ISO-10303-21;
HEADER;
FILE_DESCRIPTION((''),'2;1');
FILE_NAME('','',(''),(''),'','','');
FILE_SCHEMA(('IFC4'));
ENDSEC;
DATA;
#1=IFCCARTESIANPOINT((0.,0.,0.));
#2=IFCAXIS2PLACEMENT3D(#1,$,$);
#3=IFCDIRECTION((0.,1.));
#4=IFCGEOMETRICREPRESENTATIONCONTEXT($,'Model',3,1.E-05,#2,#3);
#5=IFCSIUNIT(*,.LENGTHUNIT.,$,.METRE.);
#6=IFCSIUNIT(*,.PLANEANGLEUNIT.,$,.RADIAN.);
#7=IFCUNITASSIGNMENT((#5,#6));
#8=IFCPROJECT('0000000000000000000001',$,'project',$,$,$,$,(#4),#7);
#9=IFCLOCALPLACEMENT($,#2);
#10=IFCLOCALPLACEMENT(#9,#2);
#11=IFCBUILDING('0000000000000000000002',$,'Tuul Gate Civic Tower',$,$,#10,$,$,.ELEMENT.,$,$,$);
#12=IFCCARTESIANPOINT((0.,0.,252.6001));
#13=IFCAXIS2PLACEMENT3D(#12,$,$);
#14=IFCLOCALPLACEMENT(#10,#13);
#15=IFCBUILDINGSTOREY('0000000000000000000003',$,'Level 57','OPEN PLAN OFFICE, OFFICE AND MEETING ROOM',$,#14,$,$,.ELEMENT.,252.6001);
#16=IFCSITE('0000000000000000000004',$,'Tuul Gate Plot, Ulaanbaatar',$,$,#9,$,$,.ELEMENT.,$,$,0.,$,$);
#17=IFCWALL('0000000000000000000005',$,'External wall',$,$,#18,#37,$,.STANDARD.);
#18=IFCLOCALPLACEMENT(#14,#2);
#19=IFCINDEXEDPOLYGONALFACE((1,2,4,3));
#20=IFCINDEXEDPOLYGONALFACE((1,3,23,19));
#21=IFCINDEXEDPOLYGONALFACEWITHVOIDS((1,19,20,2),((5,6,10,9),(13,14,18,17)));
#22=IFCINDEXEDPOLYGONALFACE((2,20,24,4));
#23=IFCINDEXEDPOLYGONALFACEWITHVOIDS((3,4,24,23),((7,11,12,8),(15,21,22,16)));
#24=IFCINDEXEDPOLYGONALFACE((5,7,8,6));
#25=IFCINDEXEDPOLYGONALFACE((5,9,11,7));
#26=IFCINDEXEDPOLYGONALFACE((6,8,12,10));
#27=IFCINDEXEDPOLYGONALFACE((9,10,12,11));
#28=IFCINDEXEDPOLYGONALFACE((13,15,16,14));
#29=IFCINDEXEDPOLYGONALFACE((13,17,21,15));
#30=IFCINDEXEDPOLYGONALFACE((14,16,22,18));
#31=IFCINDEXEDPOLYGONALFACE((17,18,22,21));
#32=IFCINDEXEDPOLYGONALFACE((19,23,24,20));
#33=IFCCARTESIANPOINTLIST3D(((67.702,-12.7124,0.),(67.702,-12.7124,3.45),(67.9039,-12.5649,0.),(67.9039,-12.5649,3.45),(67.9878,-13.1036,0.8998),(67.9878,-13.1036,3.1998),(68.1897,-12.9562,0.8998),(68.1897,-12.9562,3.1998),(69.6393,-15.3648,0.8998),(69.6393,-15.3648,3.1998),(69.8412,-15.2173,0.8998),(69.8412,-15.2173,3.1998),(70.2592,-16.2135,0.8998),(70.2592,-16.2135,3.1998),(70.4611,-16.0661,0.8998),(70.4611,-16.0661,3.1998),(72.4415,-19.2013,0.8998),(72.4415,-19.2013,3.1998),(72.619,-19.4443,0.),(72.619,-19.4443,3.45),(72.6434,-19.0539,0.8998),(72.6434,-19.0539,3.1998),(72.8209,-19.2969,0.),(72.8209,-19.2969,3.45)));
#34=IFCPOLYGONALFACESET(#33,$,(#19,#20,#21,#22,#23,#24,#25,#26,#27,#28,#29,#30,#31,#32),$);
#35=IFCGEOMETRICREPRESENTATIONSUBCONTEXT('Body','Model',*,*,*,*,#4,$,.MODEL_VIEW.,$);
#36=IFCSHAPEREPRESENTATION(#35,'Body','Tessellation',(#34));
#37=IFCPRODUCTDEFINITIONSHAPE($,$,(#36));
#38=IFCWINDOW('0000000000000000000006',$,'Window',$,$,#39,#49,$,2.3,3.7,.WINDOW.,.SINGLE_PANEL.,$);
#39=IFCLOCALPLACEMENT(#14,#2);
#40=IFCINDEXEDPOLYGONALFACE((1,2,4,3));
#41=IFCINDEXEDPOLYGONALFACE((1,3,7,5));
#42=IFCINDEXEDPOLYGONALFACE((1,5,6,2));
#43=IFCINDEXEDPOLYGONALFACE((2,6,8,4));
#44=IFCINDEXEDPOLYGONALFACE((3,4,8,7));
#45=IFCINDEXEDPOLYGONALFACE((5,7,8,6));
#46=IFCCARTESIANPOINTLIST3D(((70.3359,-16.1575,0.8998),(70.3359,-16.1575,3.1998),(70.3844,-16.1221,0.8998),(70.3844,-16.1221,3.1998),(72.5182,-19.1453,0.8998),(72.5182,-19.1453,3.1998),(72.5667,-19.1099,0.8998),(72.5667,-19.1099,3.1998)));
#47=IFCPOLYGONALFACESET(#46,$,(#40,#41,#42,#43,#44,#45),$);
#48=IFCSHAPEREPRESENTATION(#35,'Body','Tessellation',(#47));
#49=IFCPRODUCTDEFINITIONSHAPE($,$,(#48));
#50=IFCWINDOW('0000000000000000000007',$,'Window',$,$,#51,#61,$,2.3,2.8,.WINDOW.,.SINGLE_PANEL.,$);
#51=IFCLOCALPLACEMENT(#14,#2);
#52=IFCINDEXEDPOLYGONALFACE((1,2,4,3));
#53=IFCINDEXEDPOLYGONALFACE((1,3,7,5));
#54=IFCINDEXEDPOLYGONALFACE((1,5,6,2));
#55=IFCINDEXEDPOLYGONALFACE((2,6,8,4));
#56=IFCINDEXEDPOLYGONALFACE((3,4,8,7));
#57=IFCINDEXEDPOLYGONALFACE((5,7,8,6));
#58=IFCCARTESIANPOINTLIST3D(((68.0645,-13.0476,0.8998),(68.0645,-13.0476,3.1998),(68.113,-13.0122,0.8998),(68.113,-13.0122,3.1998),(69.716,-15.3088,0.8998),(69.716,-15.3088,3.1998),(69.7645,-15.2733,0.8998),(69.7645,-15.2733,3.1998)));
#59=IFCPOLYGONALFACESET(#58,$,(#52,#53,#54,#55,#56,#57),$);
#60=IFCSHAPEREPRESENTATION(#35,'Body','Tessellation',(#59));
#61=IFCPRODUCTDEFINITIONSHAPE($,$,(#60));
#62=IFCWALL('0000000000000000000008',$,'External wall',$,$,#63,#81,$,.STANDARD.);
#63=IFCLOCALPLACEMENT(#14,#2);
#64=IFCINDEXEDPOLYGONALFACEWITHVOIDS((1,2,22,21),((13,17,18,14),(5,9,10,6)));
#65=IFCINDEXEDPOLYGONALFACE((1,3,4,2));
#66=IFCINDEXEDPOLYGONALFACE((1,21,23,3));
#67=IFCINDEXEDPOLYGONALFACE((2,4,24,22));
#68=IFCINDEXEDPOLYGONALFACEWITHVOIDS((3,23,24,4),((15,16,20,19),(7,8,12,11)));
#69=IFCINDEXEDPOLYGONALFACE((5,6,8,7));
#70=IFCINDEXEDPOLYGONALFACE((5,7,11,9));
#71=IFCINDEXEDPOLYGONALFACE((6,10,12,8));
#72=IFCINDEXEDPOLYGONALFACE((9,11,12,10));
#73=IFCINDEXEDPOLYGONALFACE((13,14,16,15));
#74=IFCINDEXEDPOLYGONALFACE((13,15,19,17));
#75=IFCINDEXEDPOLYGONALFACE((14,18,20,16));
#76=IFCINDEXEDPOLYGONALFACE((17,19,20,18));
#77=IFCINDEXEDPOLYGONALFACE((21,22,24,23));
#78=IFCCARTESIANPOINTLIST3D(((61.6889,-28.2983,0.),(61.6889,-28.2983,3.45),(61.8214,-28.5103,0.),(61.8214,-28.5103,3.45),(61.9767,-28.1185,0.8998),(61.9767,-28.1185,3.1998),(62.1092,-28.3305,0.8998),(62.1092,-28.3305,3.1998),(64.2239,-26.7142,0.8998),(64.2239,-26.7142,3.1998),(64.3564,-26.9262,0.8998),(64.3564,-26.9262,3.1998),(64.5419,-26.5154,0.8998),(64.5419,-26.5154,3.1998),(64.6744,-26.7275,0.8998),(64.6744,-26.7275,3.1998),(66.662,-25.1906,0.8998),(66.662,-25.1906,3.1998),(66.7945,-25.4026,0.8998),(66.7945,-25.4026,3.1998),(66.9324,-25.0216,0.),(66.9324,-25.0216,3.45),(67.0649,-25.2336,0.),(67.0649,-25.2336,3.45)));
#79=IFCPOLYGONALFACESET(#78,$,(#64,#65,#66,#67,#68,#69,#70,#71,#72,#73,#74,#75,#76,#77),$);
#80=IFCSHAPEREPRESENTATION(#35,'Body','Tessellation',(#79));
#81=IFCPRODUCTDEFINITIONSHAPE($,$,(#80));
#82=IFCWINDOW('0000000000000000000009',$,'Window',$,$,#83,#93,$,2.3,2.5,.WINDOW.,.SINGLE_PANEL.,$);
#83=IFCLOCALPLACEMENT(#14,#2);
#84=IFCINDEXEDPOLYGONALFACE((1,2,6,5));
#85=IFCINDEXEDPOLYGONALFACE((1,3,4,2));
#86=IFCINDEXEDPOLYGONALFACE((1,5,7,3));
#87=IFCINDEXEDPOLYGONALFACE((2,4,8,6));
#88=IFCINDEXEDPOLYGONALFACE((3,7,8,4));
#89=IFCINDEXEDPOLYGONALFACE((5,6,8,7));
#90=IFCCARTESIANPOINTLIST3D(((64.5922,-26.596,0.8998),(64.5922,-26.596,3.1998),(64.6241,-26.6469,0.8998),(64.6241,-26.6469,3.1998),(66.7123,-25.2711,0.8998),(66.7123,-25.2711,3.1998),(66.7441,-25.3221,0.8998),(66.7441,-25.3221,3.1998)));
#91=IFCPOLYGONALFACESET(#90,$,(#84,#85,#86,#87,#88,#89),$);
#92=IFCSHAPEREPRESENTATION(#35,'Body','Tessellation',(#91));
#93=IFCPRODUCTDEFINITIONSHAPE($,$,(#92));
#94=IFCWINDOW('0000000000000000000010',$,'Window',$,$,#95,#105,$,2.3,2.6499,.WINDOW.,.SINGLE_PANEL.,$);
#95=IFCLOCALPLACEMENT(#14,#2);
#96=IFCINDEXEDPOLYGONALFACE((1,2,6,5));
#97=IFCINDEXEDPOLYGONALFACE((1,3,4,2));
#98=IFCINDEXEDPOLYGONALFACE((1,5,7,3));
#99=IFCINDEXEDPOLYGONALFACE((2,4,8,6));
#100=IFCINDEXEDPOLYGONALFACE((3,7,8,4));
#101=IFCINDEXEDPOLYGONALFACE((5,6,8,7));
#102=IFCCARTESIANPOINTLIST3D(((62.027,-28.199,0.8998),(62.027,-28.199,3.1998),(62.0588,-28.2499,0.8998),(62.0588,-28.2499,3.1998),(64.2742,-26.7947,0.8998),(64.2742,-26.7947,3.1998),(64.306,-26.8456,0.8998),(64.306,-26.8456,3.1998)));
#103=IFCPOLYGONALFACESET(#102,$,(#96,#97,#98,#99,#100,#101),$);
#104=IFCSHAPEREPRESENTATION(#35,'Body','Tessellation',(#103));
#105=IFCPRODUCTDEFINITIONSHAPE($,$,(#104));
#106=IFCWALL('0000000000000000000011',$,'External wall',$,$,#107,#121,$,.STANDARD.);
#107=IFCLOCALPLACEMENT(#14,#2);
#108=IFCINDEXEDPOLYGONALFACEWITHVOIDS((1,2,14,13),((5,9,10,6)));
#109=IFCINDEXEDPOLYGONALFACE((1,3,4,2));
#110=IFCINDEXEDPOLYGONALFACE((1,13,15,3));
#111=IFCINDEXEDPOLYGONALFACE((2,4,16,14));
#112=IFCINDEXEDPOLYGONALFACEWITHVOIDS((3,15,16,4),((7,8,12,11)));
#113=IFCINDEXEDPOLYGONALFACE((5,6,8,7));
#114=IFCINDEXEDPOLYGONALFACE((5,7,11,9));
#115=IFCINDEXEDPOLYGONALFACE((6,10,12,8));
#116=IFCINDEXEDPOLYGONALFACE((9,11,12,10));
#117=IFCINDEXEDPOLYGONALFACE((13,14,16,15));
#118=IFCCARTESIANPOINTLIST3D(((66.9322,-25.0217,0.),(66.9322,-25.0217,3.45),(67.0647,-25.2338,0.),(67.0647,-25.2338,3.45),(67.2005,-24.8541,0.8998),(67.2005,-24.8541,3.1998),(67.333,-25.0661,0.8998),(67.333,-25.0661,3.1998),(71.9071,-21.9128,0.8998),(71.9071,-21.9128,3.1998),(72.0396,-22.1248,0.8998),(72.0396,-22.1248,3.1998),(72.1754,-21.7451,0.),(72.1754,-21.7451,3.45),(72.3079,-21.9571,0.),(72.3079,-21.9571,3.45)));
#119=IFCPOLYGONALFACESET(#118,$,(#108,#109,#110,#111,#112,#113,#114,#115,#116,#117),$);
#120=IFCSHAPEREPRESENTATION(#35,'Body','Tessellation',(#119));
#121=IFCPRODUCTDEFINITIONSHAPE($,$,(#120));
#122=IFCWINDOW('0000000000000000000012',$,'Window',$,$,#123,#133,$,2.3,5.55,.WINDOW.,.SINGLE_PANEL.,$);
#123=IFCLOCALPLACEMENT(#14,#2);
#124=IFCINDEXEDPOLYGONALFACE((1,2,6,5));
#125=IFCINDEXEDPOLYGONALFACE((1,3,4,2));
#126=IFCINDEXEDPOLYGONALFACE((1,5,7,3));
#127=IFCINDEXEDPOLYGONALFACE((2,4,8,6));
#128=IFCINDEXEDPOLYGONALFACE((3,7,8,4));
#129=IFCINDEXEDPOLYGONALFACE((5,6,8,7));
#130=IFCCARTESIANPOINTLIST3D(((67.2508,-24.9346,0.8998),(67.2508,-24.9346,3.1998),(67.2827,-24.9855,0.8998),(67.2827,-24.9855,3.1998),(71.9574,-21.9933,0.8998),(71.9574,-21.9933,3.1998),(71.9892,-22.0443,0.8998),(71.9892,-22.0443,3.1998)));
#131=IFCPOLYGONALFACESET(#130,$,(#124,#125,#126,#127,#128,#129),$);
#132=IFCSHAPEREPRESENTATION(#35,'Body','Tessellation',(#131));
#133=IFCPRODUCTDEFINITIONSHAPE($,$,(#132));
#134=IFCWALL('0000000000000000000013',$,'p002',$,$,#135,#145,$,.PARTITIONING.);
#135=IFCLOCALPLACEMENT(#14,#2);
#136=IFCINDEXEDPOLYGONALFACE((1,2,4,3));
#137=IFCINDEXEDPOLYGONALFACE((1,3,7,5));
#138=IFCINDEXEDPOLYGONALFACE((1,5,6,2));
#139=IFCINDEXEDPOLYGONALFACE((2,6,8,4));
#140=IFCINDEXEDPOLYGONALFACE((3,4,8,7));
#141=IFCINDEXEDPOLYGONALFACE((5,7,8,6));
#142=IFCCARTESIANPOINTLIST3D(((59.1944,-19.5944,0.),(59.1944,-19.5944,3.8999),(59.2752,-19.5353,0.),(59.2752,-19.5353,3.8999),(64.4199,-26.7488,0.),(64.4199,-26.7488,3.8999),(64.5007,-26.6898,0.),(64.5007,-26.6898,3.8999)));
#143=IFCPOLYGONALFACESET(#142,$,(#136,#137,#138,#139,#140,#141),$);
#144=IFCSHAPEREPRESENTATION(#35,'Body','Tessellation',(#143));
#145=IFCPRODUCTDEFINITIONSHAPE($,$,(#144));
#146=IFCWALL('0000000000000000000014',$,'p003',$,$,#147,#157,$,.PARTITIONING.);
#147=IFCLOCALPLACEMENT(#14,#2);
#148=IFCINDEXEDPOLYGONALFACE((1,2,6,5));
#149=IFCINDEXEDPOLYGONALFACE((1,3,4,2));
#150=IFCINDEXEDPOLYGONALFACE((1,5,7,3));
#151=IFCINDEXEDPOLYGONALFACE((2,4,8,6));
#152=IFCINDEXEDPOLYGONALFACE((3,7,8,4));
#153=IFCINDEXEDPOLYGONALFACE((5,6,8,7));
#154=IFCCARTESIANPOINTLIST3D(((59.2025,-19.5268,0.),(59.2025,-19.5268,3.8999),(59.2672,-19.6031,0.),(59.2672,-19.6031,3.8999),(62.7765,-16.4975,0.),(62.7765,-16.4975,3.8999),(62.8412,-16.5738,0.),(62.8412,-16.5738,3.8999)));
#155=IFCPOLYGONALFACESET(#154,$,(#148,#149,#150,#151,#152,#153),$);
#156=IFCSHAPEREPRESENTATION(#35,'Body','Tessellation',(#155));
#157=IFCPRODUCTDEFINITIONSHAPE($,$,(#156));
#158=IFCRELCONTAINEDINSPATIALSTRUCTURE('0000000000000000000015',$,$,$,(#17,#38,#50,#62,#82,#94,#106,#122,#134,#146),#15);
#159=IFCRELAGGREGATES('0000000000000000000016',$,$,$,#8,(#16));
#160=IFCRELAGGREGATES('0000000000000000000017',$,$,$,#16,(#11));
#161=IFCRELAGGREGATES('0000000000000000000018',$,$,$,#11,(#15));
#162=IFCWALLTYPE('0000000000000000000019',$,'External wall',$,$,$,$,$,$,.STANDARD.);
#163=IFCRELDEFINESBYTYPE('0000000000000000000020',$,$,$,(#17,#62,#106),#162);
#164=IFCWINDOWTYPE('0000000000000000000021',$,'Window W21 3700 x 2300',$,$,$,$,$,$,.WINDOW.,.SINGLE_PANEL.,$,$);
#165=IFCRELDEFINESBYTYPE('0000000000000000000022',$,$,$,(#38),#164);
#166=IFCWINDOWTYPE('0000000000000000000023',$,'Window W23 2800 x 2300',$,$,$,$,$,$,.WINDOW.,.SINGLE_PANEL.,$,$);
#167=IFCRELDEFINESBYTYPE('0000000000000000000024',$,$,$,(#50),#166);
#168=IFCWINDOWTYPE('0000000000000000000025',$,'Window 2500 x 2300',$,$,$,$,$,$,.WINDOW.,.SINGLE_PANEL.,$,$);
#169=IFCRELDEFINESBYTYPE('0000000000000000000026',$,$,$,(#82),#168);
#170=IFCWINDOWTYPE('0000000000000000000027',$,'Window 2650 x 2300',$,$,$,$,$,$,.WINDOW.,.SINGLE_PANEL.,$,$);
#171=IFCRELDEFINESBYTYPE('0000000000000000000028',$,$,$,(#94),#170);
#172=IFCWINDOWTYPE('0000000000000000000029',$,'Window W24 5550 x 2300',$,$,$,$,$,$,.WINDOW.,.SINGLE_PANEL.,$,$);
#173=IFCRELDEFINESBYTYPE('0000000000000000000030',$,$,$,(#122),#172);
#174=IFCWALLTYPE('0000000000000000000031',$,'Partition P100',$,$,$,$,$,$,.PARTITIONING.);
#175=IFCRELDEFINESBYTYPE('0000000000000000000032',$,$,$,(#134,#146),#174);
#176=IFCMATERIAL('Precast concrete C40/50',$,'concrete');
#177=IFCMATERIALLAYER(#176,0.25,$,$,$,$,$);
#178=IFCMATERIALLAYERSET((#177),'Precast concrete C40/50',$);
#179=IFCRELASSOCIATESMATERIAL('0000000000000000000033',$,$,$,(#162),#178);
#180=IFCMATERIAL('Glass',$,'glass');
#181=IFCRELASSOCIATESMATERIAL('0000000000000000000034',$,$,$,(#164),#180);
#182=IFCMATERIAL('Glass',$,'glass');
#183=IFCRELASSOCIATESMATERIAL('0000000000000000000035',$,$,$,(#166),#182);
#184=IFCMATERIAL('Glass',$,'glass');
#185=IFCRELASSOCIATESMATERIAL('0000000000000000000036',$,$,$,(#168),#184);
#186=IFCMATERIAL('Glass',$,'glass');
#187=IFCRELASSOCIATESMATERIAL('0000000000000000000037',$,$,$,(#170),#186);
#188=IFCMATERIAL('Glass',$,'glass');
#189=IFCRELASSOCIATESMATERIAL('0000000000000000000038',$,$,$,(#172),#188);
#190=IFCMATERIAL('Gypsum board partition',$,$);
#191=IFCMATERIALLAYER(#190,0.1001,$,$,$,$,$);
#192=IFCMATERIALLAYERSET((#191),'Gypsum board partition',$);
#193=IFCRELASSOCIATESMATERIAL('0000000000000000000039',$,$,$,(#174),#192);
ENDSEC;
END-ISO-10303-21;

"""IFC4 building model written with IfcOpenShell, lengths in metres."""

from ifc_helpers import new_model, si_unit, direction, frame, frame_2d, origin, place, context, subcontext, project, spatial, rectangle, extrude, material, layer, layer_set, type_object, element, fill, save


model = new_model("IFC4")

# Units and contexts
model_context = context("Model", 3, precision=1e-05, world=origin(), true_north=direction((0.0, 1.0)))
body_context = subcontext(model_context, "Body", "Model", "MODEL_VIEW")
ifc_project = project(units=[si_unit("LENGTHUNIT", "METRE"), si_unit("PLANEANGLEUNIT", "RADIAN")], contexts=[model_context])

# Site, building, storey
site_placement = place(None, origin())
site = spatial("IfcSite", under=ifc_project, at=site_placement, Name="Tuul Gate Plot, Ulaanbaatar", CompositionType="ELEMENT", RefElevation=0.0)
building_placement = place(site_placement, origin())
building = spatial("IfcBuilding", under=site, at=building_placement, Name="Tuul Gate Civic Tower", CompositionType="ELEMENT")
storey_placement = place(building_placement, frame((0.0, 0.0, 252.6001)))
storey = spatial("IfcBuildingStorey", under=building, at=storey_placement, Name="Level 57", Description="OPEN PLAN OFFICE, OFFICE AND MEETING ROOM", CompositionType="ELEMENT", Elevation=252.6001)

# Shared definitions
ifc_material_1 = material(Name="Precast concrete C40/50", Category="concrete")
ifc_layer_1 = layer(ifc_material_1, 0.25)
ifc_layer_set_1 = layer_set([ifc_layer_1], Name="Precast concrete C40/50")
wall_type_1 = type_object("IfcWallType", Name="External wall", PredefinedType="STANDARD", material=ifc_layer_set_1)

# Walls, openings, windows
wall_1_placement = place(storey_placement, frame((72.72, -19.3706, 0.0), z_axis=(0.0, 0.0, 1.0), x_axis=(-0.589821, 0.807534, 0.0)))
wall_1 = element("IfcWall", 1, at=wall_1_placement, inside=storey, type_object=wall_type_1, Name="External wall", PredefinedType="STANDARD", context=body_context, shape_type="SweptSolid", body=[
    extrude(rectangle(XDim=8.3364, YDim=0.25, at=frame_2d((4.1682, 0.0))), origin(), (0.0, 0.0, 1.0), 3.45),
])
opening_1_placement = place(wall_1_placement, frame((0.3008, 0.0, 0.8999)))
opening_1 = element("IfcOpeningElement", 2, at=opening_1_placement, cuts=wall_1, PredefinedType="OPENING", context=body_context, shape_type="SweptSolid", body=[
    extrude(rectangle(XDim=3.7, YDim=2.3, at=frame_2d((1.8501, 1.1499))), frame((0.0, 0.135, 0.0), z_axis=(0.0, -1.0, 0.0), x_axis=(1.0, 0.0, 0.0)), (0.0, 0.0, 1.0), 0.27),
])
opening_2_placement = place(wall_1_placement, frame((5.052, 0.0, 0.8999)))
opening_2 = element("IfcOpeningElement", 3, at=opening_2_placement, cuts=wall_1, PredefinedType="OPENING", context=body_context, shape_type="SweptSolid", body=[
    extrude(rectangle(XDim=2.8, YDim=2.3, at=frame_2d((1.3999, 1.1499))), frame((0.0, 0.135, 0.0), z_axis=(0.0, -1.0, 0.0), x_axis=(1.0, 0.0, 0.0)), (0.0, 0.0, 1.0), 0.27),
])
ifc_material_2 = material(Name="Glass", Category="glass")
window_type_1 = type_object("IfcWindowType", Name="Window W21 3700 x 2300", PartitioningType="SINGLE_PANEL", PredefinedType="WINDOW", material=ifc_material_2)
window_1_placement = place(opening_1_placement, origin())
window_1 = element("IfcWindow", 4, at=window_1_placement, inside=storey, type_object=window_type_1, Name="Window", OverallHeight=2.3, OverallWidth=3.7, PartitioningType="SINGLE_PANEL", PredefinedType="WINDOW", context=body_context, shape_type="SweptSolid", body=[
    extrude(rectangle(XDim=3.7, YDim=2.3, at=frame_2d((1.8501, 1.1499))), frame((0.0, 0.03, 0.0), z_axis=(0.0, -1.0, 0.0), x_axis=(1.0, 0.0, 0.0)), (0.0, 0.0, 1.0), 0.0601),
])
fill(opening_1, window_1)
ifc_material_3 = material(Name="Glass", Category="glass")
window_type_2 = type_object("IfcWindowType", Name="Window W23 2800 x 2300", PartitioningType="SINGLE_PANEL", PredefinedType="WINDOW", material=ifc_material_3)
window_2_placement = place(opening_2_placement, origin())
window_2 = element("IfcWindow", 5, at=window_2_placement, inside=storey, type_object=window_type_2, Name="Window", OverallHeight=2.3, OverallWidth=2.8, PartitioningType="SINGLE_PANEL", PredefinedType="WINDOW", context=body_context, shape_type="SweptSolid", body=[
    extrude(rectangle(XDim=2.8, YDim=2.3, at=frame_2d((1.3999, 1.1499))), frame((0.0, 0.03, 0.0), z_axis=(0.0, -1.0, 0.0), x_axis=(1.0, 0.0, 0.0)), (0.0, 0.0, 1.0), 0.0601),
])
fill(opening_2, window_2)
wall_2_placement = place(storey_placement, frame((61.7551, -28.4043, 0.0), z_axis=(0.0, 0.0, 1.0), x_axis=(0.848036, 0.529939, 0.0)))
wall_2 = element("IfcWall", 6, at=wall_2_placement, inside=storey, type_object=wall_type_1, Name="External wall", PredefinedType="STANDARD", context=body_context, shape_type="SweptSolid", body=[
    extrude(rectangle(XDim=6.1831, YDim=0.25, at=frame_2d((3.0916, 0.0))), origin(), (0.0, 0.0, 1.0), 3.45),
])
opening_3_placement = place(wall_2_placement, frame((0.3394, 0.0, 0.8999)))
opening_3 = element("IfcOpeningElement", 7, at=opening_3_placement, cuts=wall_2, PredefinedType="OPENING", context=body_context, shape_type="SweptSolid", body=[
    extrude(rectangle(XDim=2.6499, YDim=2.3, at=frame_2d((1.325, 1.1499))), frame((0.0, 0.135, 0.0), z_axis=(0.0, -1.0, 0.0), x_axis=(1.0, 0.0, 0.0)), (0.0, 0.0, 1.0), 0.27),
])
opening_4_placement = place(wall_2_placement, frame((3.3643, 0.0, 0.8999)))
opening_4 = element("IfcOpeningElement", 8, at=opening_4_placement, cuts=wall_2, PredefinedType="OPENING", context=body_context, shape_type="SweptSolid", body=[
    extrude(rectangle(XDim=2.5, YDim=2.3, at=frame_2d((1.25, 1.1499))), frame((0.0, 0.135, 0.0), z_axis=(0.0, -1.0, 0.0), x_axis=(1.0, 0.0, 0.0)), (0.0, 0.0, 1.0), 0.27),
])
ifc_material_4 = material(Name="Glass", Category="glass")
window_type_3 = type_object("IfcWindowType", Name="Window 2500 x 2300", PartitioningType="SINGLE_PANEL", PredefinedType="WINDOW", material=ifc_material_4)
window_3_placement = place(opening_4_placement, origin())
window_3 = element("IfcWindow", 9, at=window_3_placement, inside=storey, type_object=window_type_3, Name="Window", OverallHeight=2.3, OverallWidth=2.5, PartitioningType="SINGLE_PANEL", PredefinedType="WINDOW", context=body_context, shape_type="SweptSolid", body=[
    extrude(rectangle(XDim=2.5, YDim=2.3, at=frame_2d((1.25, 1.1499))), frame((0.0, 0.03, 0.0), z_axis=(0.0, -1.0, 0.0), x_axis=(1.0, 0.0, 0.0)), (0.0, 0.0, 1.0), 0.0601),
])
fill(opening_4, window_3)
ifc_material_5 = material(Name="Glass", Category="glass")
window_type_4 = type_object("IfcWindowType", Name="Window 2650 x 2300", PartitioningType="SINGLE_PANEL", PredefinedType="WINDOW", material=ifc_material_5)
window_4_placement = place(opening_3_placement, origin())
window_4 = element("IfcWindow", 10, at=window_4_placement, inside=storey, type_object=window_type_4, Name="Window", OverallHeight=2.3, OverallWidth=2.6499, PartitioningType="SINGLE_PANEL", PredefinedType="WINDOW", context=body_context, shape_type="SweptSolid", body=[
    extrude(rectangle(XDim=2.6499, YDim=2.3, at=frame_2d((1.325, 1.1499))), frame((0.0, 0.03, 0.0), z_axis=(0.0, -1.0, 0.0), x_axis=(1.0, 0.0, 0.0)), (0.0, 0.0, 1.0), 0.0601),
])
fill(opening_3, window_4)

# Wall, opening, window
wall_3_placement = place(storey_placement, frame((66.9985, -25.1277, 0.0), z_axis=(0.0, 0.0, 1.0), x_axis=(0.848025, 0.529956, 0.0)))
wall_3 = element("IfcWall", 11, at=wall_3_placement, inside=storey, type_object=wall_type_1, Name="External wall", PredefinedType="STANDARD", context=body_context, shape_type="SweptSolid", body=[
    extrude(rectangle(XDim=6.1829, YDim=0.25, at=frame_2d((3.0913, 0.0))), origin(), (0.0, 0.0, 1.0), 3.45),
])
opening_5_placement = place(wall_3_placement, frame((0.3164, 0.0, 0.8999)))
opening_5 = element("IfcOpeningElement", 12, at=opening_5_placement, cuts=wall_3, PredefinedType="OPENING", context=body_context, shape_type="SweptSolid", body=[
    extrude(rectangle(XDim=5.55, YDim=2.3, at=frame_2d((2.7749, 1.1499))), frame((0.0, 0.135, 0.0), z_axis=(0.0, -1.0, 0.0), x_axis=(1.0, 0.0, 0.0)), (0.0, 0.0, 1.0), 0.27),
])
ifc_material_6 = material(Name="Glass", Category="glass")
window_type_5 = type_object("IfcWindowType", Name="Window W24 5550 x 2300", PartitioningType="SINGLE_PANEL", PredefinedType="WINDOW", material=ifc_material_6)
window_5_placement = place(opening_5_placement, origin())
window_5 = element("IfcWindow", 13, at=window_5_placement, inside=storey, type_object=window_type_5, Name="Window", OverallHeight=2.3, OverallWidth=5.55, PartitioningType="SINGLE_PANEL", PredefinedType="WINDOW", context=body_context, shape_type="SweptSolid", body=[
    extrude(rectangle(XDim=5.55, YDim=2.3, at=frame_2d((2.7749, 1.1499))), frame((0.0, 0.03, 0.0), z_axis=(0.0, -1.0, 0.0), x_axis=(1.0, 0.0, 0.0)), (0.0, 0.0, 1.0), 0.0601),
])
fill(opening_5, window_5)

# Walls
ifc_material_7 = material(Name="Gypsum board partition")
ifc_layer_2 = layer(ifc_material_7, 0.1001)
ifc_layer_set_2 = layer_set([ifc_layer_2], Name="Gypsum board partition")
wall_type_2 = type_object("IfcWallType", Name="Partition P100", PredefinedType="PARTITIONING", material=ifc_layer_set_2)
wall_4_placement = place(storey_placement, frame((59.2349, -19.5649, 0.0), z_axis=(0.0, 0.0, 1.0), x_axis=(0.589816, -0.807538, 0.0)))
element("IfcWall", 14, at=wall_4_placement, inside=storey, type_object=wall_type_2, Name="p002", PredefinedType="PARTITIONING", context=body_context, shape_type="SweptSolid", body=[
    extrude(rectangle(XDim=8.8596, YDim=0.1001, at=frame_2d((4.4297, 0.0))), origin(), (0.0, 0.0, 1.0), 3.8999),
])
wall_5_placement = place(storey_placement, frame((59.2349, -19.5649, 0.0), z_axis=(0.0, 0.0, 1.0), x_axis=(0.762842, 0.646584, 0.0)))
element("IfcWall", 15, at=wall_5_placement, inside=storey, type_object=wall_type_2, Name="p003", PredefinedType="PARTITIONING", context=body_context, shape_type="SweptSolid", body=[
    extrude(rectangle(XDim=4.6851, YDim=0.1001, at=frame_2d((2.3425, 0.0))), origin(), (0.0, 0.0, 1.0), 3.8999),
])

save(model, "model.ifc")
